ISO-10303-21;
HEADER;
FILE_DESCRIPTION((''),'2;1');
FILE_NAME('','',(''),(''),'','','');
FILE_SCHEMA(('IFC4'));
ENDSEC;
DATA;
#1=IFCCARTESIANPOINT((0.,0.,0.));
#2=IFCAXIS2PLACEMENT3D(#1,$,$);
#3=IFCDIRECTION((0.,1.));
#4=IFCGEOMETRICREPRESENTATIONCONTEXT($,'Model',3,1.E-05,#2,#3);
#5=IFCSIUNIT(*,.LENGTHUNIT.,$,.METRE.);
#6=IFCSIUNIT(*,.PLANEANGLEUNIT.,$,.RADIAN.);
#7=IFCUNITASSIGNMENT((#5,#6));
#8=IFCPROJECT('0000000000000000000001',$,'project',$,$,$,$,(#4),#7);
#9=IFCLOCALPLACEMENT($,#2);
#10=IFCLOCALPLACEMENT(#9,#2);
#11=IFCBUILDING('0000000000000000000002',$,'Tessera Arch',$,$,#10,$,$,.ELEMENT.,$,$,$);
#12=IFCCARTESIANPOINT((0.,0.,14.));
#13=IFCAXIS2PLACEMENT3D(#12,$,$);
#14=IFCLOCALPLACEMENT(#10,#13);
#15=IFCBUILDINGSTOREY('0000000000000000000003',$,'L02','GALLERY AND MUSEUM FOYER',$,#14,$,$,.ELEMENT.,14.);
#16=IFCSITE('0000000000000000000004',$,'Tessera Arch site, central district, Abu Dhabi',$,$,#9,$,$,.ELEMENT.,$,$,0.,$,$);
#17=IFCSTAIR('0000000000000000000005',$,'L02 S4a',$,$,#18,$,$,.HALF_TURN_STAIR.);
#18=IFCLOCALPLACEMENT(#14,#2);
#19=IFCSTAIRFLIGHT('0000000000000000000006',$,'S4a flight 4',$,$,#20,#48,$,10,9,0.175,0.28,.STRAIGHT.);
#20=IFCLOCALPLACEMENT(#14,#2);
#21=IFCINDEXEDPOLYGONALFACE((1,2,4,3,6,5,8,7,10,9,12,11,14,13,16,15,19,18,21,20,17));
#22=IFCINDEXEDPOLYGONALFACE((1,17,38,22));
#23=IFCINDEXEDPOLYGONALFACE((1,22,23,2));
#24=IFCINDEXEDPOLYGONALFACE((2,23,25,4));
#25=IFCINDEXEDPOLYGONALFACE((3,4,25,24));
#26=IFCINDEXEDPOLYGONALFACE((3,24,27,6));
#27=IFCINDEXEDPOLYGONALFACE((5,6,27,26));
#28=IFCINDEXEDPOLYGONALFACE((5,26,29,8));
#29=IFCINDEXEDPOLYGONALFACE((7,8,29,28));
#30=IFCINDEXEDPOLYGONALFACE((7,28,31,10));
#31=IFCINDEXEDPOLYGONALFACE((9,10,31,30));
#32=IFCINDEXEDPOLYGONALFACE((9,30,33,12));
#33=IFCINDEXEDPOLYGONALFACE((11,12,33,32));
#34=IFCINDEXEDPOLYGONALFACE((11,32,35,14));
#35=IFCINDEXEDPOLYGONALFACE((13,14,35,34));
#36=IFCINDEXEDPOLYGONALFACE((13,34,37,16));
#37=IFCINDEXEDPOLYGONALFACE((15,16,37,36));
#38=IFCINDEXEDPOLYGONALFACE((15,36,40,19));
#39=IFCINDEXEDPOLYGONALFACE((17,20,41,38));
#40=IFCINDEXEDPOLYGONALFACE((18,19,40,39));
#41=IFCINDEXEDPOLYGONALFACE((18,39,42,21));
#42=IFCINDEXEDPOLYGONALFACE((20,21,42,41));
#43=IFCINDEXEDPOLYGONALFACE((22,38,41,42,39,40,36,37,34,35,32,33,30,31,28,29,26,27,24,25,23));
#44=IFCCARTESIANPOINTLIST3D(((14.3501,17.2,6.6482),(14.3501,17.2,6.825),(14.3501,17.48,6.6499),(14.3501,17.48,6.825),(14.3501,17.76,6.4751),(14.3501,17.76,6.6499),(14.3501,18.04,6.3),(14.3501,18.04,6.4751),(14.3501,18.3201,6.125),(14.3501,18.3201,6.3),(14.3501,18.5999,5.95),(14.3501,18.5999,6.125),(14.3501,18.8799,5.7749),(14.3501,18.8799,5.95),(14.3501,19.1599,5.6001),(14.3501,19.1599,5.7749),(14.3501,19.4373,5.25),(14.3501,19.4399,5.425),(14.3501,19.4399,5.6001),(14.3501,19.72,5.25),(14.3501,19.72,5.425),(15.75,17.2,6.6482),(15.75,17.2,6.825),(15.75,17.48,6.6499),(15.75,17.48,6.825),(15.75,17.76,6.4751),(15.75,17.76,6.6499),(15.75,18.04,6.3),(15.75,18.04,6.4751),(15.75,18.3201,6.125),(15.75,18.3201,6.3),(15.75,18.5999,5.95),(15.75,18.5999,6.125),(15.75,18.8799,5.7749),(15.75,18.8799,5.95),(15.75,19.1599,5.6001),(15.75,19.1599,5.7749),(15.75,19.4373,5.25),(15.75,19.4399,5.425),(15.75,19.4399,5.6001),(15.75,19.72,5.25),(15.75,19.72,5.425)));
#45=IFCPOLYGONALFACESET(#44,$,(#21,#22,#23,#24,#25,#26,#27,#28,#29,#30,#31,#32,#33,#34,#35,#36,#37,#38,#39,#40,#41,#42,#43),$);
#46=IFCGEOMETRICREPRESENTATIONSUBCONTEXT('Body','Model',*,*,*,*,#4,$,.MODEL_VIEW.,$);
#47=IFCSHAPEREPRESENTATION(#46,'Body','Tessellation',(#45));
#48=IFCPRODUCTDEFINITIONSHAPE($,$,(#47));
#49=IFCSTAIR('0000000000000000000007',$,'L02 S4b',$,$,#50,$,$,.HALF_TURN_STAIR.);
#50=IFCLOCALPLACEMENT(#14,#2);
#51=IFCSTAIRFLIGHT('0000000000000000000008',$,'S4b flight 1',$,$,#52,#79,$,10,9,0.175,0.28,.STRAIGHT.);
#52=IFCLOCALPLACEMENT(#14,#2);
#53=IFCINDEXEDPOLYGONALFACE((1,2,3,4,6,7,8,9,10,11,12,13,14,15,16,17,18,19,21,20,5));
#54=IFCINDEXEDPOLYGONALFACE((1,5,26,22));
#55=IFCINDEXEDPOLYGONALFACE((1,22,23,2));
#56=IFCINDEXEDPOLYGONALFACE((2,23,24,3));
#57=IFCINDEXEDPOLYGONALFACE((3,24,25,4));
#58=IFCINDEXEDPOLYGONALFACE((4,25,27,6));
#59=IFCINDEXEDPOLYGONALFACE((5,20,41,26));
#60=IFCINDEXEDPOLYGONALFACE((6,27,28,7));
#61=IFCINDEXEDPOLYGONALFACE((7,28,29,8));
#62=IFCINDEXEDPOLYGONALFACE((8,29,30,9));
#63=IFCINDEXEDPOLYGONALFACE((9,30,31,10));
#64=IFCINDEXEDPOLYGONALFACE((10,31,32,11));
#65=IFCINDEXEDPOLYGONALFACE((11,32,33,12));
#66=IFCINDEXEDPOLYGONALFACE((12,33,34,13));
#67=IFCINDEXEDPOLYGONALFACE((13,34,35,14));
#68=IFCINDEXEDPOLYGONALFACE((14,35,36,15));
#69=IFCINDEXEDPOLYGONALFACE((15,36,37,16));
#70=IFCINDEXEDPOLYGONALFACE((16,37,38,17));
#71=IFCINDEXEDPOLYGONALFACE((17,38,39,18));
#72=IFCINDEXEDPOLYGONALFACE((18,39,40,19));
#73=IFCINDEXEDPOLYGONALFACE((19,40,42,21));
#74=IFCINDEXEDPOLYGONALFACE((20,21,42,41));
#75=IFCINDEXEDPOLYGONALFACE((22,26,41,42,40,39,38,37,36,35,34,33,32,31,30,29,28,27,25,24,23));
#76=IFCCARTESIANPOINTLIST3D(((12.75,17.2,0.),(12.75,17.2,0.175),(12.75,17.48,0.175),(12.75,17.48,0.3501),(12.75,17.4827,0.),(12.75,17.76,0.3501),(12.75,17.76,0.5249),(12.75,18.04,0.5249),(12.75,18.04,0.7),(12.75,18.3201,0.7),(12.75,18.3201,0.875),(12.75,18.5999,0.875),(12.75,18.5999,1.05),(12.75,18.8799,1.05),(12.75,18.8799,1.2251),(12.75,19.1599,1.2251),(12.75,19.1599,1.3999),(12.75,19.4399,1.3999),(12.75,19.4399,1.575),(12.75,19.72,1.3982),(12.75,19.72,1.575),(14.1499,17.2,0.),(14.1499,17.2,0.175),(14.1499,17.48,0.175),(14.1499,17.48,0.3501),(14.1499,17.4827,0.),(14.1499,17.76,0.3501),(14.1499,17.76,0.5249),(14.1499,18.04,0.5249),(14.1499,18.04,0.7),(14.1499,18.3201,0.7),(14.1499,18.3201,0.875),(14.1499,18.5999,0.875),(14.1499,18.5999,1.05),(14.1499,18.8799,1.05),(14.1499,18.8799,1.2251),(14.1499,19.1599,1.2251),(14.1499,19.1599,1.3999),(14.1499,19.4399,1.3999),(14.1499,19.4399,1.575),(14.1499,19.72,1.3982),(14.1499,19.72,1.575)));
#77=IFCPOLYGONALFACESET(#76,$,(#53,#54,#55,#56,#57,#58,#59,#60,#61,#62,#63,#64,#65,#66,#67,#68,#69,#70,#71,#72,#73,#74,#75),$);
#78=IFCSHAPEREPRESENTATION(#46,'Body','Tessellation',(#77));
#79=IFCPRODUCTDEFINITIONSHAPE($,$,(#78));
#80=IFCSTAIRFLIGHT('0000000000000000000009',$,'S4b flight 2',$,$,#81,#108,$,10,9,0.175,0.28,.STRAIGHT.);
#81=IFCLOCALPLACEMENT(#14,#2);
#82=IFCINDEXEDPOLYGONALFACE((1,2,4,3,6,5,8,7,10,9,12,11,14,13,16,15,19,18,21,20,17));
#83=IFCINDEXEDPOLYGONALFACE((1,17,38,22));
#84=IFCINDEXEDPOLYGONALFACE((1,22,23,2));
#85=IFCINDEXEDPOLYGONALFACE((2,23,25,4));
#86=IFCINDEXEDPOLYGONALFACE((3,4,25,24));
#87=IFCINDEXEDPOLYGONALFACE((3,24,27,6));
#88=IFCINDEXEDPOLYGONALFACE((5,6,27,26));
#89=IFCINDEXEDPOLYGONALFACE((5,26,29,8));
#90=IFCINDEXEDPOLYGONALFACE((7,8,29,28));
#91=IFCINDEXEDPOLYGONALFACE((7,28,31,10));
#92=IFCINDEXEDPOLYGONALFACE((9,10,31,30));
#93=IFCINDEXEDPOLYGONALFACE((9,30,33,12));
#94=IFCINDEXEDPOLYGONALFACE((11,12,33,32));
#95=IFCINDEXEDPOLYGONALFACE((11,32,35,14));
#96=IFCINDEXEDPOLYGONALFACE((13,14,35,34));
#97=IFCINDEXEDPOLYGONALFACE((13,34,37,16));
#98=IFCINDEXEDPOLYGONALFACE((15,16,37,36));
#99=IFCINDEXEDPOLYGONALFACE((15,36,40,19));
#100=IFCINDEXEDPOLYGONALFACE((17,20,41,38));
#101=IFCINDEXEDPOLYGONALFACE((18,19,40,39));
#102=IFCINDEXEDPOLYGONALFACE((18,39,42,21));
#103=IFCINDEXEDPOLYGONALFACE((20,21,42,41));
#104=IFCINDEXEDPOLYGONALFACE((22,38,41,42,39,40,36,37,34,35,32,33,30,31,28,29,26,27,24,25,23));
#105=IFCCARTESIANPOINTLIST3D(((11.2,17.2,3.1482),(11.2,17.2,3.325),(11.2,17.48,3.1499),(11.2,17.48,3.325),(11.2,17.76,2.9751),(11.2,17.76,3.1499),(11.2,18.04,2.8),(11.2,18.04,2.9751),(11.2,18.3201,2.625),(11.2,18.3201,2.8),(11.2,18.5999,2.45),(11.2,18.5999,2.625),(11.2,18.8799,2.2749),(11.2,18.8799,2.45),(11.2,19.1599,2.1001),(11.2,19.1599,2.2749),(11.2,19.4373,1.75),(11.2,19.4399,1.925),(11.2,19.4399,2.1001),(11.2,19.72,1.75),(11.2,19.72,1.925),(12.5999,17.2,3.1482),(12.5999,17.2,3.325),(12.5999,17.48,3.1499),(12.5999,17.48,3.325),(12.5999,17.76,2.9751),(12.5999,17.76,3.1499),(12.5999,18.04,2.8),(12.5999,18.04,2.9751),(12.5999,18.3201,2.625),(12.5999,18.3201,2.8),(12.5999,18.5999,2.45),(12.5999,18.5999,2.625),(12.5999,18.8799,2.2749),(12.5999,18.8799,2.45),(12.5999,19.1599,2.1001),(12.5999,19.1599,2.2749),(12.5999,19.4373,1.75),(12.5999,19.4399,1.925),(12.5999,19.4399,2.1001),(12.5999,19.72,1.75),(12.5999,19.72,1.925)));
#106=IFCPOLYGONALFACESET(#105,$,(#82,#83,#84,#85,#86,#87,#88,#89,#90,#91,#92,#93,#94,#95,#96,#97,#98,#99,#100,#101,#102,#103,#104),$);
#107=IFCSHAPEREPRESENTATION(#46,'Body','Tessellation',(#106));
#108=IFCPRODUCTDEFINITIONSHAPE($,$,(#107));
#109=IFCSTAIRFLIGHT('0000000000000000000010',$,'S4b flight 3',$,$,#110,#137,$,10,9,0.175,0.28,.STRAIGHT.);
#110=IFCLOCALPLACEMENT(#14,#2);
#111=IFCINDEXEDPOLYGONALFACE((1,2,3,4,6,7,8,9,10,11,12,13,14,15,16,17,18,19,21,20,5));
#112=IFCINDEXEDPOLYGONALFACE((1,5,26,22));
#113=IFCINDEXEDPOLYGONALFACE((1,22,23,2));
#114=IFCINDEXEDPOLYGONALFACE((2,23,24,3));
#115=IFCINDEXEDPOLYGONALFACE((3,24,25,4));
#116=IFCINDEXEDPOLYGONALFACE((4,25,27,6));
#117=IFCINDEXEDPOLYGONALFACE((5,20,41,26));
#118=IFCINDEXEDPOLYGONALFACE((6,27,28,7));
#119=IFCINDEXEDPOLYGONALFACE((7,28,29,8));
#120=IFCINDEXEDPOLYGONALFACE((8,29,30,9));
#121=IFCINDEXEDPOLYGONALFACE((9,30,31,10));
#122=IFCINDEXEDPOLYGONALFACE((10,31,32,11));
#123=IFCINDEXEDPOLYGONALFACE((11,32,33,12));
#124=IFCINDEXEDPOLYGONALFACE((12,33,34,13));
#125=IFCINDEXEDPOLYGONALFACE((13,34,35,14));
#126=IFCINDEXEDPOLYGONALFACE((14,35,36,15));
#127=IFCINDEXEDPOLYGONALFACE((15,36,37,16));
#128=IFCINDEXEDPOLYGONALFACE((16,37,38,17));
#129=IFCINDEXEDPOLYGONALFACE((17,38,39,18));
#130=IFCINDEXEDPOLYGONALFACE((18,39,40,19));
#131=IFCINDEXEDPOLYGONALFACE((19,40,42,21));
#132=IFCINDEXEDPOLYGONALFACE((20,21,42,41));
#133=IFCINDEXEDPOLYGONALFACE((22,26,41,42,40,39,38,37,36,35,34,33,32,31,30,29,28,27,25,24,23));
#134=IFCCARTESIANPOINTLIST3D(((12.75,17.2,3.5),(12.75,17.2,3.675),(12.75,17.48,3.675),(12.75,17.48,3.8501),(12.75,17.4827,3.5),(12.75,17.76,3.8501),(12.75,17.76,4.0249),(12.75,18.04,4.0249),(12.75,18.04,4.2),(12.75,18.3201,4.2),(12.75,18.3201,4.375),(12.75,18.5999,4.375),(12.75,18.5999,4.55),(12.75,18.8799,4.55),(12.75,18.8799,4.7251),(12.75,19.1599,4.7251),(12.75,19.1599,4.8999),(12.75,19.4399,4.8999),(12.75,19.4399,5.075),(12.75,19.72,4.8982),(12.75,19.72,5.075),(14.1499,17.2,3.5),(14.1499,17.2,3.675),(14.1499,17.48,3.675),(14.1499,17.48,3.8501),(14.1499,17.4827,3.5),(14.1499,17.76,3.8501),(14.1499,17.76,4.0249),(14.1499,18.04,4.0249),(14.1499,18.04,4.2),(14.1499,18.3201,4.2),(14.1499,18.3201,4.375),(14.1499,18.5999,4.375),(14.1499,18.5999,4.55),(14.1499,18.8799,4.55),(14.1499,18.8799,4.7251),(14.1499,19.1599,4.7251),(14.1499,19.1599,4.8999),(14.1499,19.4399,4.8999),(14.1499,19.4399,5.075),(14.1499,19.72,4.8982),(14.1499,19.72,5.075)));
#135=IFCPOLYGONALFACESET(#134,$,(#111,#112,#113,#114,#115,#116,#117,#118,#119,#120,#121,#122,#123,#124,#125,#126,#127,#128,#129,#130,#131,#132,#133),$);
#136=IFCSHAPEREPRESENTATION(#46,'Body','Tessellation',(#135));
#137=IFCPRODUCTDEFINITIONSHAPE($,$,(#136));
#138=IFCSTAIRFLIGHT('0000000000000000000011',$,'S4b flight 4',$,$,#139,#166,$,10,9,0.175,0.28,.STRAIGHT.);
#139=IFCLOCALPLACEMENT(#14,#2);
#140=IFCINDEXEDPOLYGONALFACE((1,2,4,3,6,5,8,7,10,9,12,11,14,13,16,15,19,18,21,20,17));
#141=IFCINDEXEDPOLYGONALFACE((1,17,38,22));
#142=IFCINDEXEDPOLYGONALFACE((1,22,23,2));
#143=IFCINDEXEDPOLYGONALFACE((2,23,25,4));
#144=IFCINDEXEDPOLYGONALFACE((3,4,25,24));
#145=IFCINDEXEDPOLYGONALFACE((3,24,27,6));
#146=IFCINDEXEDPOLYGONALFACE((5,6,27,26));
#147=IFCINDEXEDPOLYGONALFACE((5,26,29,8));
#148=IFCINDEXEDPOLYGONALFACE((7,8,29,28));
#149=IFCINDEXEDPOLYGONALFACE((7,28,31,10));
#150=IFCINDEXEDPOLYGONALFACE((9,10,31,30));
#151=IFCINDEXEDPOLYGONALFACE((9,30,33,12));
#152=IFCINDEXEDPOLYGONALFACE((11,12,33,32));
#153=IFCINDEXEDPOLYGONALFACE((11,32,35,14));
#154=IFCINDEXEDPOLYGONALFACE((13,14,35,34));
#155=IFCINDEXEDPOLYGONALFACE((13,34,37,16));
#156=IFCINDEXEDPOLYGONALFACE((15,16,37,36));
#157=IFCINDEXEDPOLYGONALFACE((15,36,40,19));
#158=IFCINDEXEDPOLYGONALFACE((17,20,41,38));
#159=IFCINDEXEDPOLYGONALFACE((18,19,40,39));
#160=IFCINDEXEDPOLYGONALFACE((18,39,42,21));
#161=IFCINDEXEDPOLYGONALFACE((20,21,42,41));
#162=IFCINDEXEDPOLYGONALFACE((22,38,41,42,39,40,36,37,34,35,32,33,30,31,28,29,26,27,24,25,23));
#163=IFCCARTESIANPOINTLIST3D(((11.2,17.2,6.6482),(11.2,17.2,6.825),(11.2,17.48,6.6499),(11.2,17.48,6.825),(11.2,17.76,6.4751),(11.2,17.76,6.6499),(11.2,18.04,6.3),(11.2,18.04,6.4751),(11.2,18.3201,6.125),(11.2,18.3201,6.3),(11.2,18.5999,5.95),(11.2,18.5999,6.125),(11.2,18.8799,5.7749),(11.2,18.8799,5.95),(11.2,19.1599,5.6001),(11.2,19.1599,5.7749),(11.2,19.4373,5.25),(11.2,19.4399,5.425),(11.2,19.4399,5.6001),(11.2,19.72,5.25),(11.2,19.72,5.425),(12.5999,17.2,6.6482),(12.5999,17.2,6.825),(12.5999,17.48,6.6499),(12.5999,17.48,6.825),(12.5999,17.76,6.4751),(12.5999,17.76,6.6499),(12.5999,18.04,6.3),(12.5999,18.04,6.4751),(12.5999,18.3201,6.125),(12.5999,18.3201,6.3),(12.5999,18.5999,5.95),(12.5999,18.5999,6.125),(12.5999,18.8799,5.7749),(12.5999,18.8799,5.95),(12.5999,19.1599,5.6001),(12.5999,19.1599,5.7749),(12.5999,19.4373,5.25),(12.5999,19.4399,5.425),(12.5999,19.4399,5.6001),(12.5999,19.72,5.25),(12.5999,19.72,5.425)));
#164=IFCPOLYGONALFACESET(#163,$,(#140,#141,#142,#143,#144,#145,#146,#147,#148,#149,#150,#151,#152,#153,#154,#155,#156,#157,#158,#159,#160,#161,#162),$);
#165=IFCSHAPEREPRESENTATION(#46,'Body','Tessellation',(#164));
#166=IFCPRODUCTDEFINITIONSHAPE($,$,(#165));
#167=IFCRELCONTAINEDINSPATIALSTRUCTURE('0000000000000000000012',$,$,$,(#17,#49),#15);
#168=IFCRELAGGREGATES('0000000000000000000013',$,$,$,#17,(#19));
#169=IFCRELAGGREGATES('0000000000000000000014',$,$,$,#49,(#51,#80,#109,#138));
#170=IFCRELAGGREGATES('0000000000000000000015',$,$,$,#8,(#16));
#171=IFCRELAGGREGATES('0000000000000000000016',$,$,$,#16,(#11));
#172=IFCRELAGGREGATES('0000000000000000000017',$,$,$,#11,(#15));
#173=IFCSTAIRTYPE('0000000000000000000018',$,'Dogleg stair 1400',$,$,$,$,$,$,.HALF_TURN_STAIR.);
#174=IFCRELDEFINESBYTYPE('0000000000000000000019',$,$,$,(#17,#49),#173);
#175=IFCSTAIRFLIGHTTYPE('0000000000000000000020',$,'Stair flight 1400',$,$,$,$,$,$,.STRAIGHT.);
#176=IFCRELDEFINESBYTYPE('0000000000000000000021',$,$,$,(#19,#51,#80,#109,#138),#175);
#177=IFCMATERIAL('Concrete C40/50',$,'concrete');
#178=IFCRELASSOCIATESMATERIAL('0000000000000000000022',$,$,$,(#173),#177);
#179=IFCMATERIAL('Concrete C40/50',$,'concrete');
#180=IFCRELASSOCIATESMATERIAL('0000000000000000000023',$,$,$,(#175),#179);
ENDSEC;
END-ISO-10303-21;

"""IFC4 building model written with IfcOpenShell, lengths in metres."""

from ifc_helpers import new_model, si_unit, direction, frame, origin, place, context, subcontext, project, spatial, polyline, outline, extrude, material, type_object, element, aggregate, save


model = new_model("IFC4")

# Units and contexts
model_context = context("Model", 3, precision=1e-05, world=origin(), true_north=direction((0.0, 1.0)))
body_context = subcontext(model_context, "Body", "Model", "MODEL_VIEW")
ifc_project = project(units=[si_unit("LENGTHUNIT", "METRE"), si_unit("PLANEANGLEUNIT", "RADIAN")], contexts=[model_context])

# Site, building, storey
site_placement = place(None, origin())
site = spatial("IfcSite", under=ifc_project, at=site_placement, Name="Tessera Arch site, central district, Abu Dhabi", CompositionType="ELEMENT", RefElevation=0.0)
building_placement = place(site_placement, origin())
building = spatial("IfcBuilding", under=site, at=building_placement, Name="Tessera Arch", CompositionType="ELEMENT")
storey_placement = place(building_placement, frame((0.0, 0.0, 14.0)))
storey = spatial("IfcBuildingStorey", under=building, at=storey_placement, Name="L02", Description="GALLERY AND MUSEUM FOYER", CompositionType="ELEMENT", Elevation=14.0)

# Stairs, stair flights
ifc_material_1 = material(Name="Concrete C40/50", Category="concrete")
stair_type = type_object("IfcStairType", Name="Dogleg stair 1400", PredefinedType="HALF_TURN_STAIR", material=ifc_material_1)
stair_1_placement = place(storey_placement, origin())
stair_1 = element("IfcStair", 1, at=stair_1_placement, inside=storey, type_object=stair_type, Name="L02 S4a", PredefinedType="HALF_TURN_STAIR")
ifc_material_2 = material(Name="Concrete C40/50", Category="concrete")
stair_flight_type = type_object("IfcStairFlightType", Name="Stair flight 1400", PredefinedType="STRAIGHT", material=ifc_material_2)
stair_flight_1_placement = place(storey_placement, frame((15.05, 19.72, 5.25), z_axis=(0.0, 0.0, 1.0), x_axis=(0.0, -1.0, 0.0)))
stair_flight_1 = element("IfcStairFlight", 2, at=stair_flight_1_placement, type_object=stair_flight_type, Name="S4a flight 4", NumberOfRisers=10, NumberOfTreads=9, PredefinedType="STRAIGHT", RiserHeight=0.175, TreadLength=0.28, context=body_context, shape_type="SweptSolid", body=[
    extrude(outline(polyline([(0.0, 0.0), (0.0, 0.175), (0.28, 0.175), (0.28, 0.3501), (0.5601, 0.3501), (0.5601, 0.5249), (0.8401, 0.5249), (0.8401, 0.7), (1.1201, 0.7), (1.1201, 0.875), (1.3999, 0.875), (1.3999, 1.05), (1.6799, 1.05), (1.6799, 1.2251), (1.96, 1.2251), (1.96, 1.3999), (2.24, 1.3999), (2.24, 1.575), (2.52, 1.575), (2.52, 1.75), (2.52, 1.3982), (0.2827, 0.0), (0.0, 0.0)])), frame((0.0, 0.7, 0.0), z_axis=(0.0, -1.0, 0.0), x_axis=(1.0, 0.0, 0.0)), (0.0, 0.0, 1.0), 1.3999),
])
aggregate(stair_1, [stair_flight_1])
stair_2_placement = place(storey_placement, origin())
stair_2 = element("IfcStair", 3, at=stair_2_placement, inside=storey, type_object=stair_type, Name="L02 S4b", PredefinedType="HALF_TURN_STAIR")
stair_flight_2_placement = place(storey_placement, frame((13.45, 17.2, 0.0), z_axis=(0.0, 0.0, 1.0), x_axis=(0.0, 1.0, 0.0)))
stair_flight_2 = element("IfcStairFlight", 4, at=stair_flight_2_placement, type_object=stair_flight_type, Name="S4b flight 1", NumberOfRisers=10, NumberOfTreads=9, PredefinedType="STRAIGHT", RiserHeight=0.175, TreadLength=0.28, context=body_context, shape_type="SweptSolid", body=[
    extrude(outline(polyline([(0.0, 0.0), (0.0, 0.175), (0.28, 0.175), (0.28, 0.3501), (0.5601, 0.3501), (0.5601, 0.5249), (0.8401, 0.5249), (0.8401, 0.7), (1.1201, 0.7), (1.1201, 0.875), (1.3999, 0.875), (1.3999, 1.05), (1.6799, 1.05), (1.6799, 1.2251), (1.96, 1.2251), (1.96, 1.3999), (2.24, 1.3999), (2.24, 1.575), (2.52, 1.575), (2.52, 1.75), (2.52, 1.3982), (0.2827, 0.0), (0.0, 0.0)])), frame((0.0, 0.7, 0.0), z_axis=(0.0, -1.0, 0.0), x_axis=(1.0, 0.0, 0.0)), (0.0, 0.0, 1.0), 1.3999),
])
stair_flight_3_placement = place(storey_placement, frame((11.8999, 19.72, 1.75), z_axis=(0.0, 0.0, 1.0), x_axis=(0.0, -1.0, 0.0)))
stair_flight_3 = element("IfcStairFlight", 5, at=stair_flight_3_placement, type_object=stair_flight_type, Name="S4b flight 2", NumberOfRisers=10, NumberOfTreads=9, PredefinedType="STRAIGHT", RiserHeight=0.175, TreadLength=0.28, context=body_context, shape_type="SweptSolid", body=[
    extrude(outline(polyline([(0.0, 0.0), (0.0, 0.175), (0.28, 0.175), (0.28, 0.3501), (0.5601, 0.3501), (0.5601, 0.5249), (0.8401, 0.5249), (0.8401, 0.7), (1.1201, 0.7), (1.1201, 0.875), (1.3999, 0.875), (1.3999, 1.05), (1.6799, 1.05), (1.6799, 1.2251), (1.96, 1.2251), (1.96, 1.3999), (2.24, 1.3999), (2.24, 1.575), (2.52, 1.575), (2.52, 1.75), (2.52, 1.3982), (0.2827, 0.0), (0.0, 0.0)])), frame((0.0, 0.7, 0.0), z_axis=(0.0, -1.0, 0.0), x_axis=(1.0, 0.0, 0.0)), (0.0, 0.0, 1.0), 1.3999),
])
stair_flight_4_placement = place(storey_placement, frame((13.45, 17.2, 3.5), z_axis=(0.0, 0.0, 1.0), x_axis=(0.0, 1.0, 0.0)))
stair_flight_4 = element("IfcStairFlight", 6, at=stair_flight_4_placement, type_object=stair_flight_type, Name="S4b flight 3", NumberOfRisers=10, NumberOfTreads=9, PredefinedType="STRAIGHT", RiserHeight=0.175, TreadLength=0.28, context=body_context, shape_type="SweptSolid", body=[
    extrude(outline(polyline([(0.0, 0.0), (0.0, 0.175), (0.28, 0.175), (0.28, 0.3501), (0.5601, 0.3501), (0.5601, 0.5249), (0.8401, 0.5249), (0.8401, 0.7), (1.1201, 0.7), (1.1201, 0.875), (1.3999, 0.875), (1.3999, 1.05), (1.6799, 1.05), (1.6799, 1.2251), (1.96, 1.2251), (1.96, 1.3999), (2.24, 1.3999), (2.24, 1.575), (2.52, 1.575), (2.52, 1.75), (2.52, 1.3982), (0.2827, 0.0), (0.0, 0.0)])), frame((0.0, 0.7, 0.0), z_axis=(0.0, -1.0, 0.0), x_axis=(1.0, 0.0, 0.0)), (0.0, 0.0, 1.0), 1.3999),
])
stair_flight_5_placement = place(storey_placement, frame((11.8999, 19.72, 5.25), z_axis=(0.0, 0.0, 1.0), x_axis=(0.0, -1.0, 0.0)))
stair_flight_5 = element("IfcStairFlight", 7, at=stair_flight_5_placement, type_object=stair_flight_type, Name="S4b flight 4", NumberOfRisers=10, NumberOfTreads=9, PredefinedType="STRAIGHT", RiserHeight=0.175, TreadLength=0.28, context=body_context, shape_type="SweptSolid", body=[
    extrude(outline(polyline([(0.0, 0.0), (0.0, 0.175), (0.28, 0.175), (0.28, 0.3501), (0.5601, 0.3501), (0.5601, 0.5249), (0.8401, 0.5249), (0.8401, 0.7), (1.1201, 0.7), (1.1201, 0.875), (1.3999, 0.875), (1.3999, 1.05), (1.6799, 1.05), (1.6799, 1.2251), (1.96, 1.2251), (1.96, 1.3999), (2.24, 1.3999), (2.24, 1.575), (2.52, 1.575), (2.52, 1.75), (2.52, 1.3982), (0.2827, 0.0), (0.0, 0.0)])), frame((0.0, 0.7, 0.0), z_axis=(0.0, -1.0, 0.0), x_axis=(1.0, 0.0, 0.0)), (0.0, 0.0, 1.0), 1.3999),
])
aggregate(stair_2, [stair_flight_2, stair_flight_3, stair_flight_4, stair_flight_5])

save(model, "model.ifc")
